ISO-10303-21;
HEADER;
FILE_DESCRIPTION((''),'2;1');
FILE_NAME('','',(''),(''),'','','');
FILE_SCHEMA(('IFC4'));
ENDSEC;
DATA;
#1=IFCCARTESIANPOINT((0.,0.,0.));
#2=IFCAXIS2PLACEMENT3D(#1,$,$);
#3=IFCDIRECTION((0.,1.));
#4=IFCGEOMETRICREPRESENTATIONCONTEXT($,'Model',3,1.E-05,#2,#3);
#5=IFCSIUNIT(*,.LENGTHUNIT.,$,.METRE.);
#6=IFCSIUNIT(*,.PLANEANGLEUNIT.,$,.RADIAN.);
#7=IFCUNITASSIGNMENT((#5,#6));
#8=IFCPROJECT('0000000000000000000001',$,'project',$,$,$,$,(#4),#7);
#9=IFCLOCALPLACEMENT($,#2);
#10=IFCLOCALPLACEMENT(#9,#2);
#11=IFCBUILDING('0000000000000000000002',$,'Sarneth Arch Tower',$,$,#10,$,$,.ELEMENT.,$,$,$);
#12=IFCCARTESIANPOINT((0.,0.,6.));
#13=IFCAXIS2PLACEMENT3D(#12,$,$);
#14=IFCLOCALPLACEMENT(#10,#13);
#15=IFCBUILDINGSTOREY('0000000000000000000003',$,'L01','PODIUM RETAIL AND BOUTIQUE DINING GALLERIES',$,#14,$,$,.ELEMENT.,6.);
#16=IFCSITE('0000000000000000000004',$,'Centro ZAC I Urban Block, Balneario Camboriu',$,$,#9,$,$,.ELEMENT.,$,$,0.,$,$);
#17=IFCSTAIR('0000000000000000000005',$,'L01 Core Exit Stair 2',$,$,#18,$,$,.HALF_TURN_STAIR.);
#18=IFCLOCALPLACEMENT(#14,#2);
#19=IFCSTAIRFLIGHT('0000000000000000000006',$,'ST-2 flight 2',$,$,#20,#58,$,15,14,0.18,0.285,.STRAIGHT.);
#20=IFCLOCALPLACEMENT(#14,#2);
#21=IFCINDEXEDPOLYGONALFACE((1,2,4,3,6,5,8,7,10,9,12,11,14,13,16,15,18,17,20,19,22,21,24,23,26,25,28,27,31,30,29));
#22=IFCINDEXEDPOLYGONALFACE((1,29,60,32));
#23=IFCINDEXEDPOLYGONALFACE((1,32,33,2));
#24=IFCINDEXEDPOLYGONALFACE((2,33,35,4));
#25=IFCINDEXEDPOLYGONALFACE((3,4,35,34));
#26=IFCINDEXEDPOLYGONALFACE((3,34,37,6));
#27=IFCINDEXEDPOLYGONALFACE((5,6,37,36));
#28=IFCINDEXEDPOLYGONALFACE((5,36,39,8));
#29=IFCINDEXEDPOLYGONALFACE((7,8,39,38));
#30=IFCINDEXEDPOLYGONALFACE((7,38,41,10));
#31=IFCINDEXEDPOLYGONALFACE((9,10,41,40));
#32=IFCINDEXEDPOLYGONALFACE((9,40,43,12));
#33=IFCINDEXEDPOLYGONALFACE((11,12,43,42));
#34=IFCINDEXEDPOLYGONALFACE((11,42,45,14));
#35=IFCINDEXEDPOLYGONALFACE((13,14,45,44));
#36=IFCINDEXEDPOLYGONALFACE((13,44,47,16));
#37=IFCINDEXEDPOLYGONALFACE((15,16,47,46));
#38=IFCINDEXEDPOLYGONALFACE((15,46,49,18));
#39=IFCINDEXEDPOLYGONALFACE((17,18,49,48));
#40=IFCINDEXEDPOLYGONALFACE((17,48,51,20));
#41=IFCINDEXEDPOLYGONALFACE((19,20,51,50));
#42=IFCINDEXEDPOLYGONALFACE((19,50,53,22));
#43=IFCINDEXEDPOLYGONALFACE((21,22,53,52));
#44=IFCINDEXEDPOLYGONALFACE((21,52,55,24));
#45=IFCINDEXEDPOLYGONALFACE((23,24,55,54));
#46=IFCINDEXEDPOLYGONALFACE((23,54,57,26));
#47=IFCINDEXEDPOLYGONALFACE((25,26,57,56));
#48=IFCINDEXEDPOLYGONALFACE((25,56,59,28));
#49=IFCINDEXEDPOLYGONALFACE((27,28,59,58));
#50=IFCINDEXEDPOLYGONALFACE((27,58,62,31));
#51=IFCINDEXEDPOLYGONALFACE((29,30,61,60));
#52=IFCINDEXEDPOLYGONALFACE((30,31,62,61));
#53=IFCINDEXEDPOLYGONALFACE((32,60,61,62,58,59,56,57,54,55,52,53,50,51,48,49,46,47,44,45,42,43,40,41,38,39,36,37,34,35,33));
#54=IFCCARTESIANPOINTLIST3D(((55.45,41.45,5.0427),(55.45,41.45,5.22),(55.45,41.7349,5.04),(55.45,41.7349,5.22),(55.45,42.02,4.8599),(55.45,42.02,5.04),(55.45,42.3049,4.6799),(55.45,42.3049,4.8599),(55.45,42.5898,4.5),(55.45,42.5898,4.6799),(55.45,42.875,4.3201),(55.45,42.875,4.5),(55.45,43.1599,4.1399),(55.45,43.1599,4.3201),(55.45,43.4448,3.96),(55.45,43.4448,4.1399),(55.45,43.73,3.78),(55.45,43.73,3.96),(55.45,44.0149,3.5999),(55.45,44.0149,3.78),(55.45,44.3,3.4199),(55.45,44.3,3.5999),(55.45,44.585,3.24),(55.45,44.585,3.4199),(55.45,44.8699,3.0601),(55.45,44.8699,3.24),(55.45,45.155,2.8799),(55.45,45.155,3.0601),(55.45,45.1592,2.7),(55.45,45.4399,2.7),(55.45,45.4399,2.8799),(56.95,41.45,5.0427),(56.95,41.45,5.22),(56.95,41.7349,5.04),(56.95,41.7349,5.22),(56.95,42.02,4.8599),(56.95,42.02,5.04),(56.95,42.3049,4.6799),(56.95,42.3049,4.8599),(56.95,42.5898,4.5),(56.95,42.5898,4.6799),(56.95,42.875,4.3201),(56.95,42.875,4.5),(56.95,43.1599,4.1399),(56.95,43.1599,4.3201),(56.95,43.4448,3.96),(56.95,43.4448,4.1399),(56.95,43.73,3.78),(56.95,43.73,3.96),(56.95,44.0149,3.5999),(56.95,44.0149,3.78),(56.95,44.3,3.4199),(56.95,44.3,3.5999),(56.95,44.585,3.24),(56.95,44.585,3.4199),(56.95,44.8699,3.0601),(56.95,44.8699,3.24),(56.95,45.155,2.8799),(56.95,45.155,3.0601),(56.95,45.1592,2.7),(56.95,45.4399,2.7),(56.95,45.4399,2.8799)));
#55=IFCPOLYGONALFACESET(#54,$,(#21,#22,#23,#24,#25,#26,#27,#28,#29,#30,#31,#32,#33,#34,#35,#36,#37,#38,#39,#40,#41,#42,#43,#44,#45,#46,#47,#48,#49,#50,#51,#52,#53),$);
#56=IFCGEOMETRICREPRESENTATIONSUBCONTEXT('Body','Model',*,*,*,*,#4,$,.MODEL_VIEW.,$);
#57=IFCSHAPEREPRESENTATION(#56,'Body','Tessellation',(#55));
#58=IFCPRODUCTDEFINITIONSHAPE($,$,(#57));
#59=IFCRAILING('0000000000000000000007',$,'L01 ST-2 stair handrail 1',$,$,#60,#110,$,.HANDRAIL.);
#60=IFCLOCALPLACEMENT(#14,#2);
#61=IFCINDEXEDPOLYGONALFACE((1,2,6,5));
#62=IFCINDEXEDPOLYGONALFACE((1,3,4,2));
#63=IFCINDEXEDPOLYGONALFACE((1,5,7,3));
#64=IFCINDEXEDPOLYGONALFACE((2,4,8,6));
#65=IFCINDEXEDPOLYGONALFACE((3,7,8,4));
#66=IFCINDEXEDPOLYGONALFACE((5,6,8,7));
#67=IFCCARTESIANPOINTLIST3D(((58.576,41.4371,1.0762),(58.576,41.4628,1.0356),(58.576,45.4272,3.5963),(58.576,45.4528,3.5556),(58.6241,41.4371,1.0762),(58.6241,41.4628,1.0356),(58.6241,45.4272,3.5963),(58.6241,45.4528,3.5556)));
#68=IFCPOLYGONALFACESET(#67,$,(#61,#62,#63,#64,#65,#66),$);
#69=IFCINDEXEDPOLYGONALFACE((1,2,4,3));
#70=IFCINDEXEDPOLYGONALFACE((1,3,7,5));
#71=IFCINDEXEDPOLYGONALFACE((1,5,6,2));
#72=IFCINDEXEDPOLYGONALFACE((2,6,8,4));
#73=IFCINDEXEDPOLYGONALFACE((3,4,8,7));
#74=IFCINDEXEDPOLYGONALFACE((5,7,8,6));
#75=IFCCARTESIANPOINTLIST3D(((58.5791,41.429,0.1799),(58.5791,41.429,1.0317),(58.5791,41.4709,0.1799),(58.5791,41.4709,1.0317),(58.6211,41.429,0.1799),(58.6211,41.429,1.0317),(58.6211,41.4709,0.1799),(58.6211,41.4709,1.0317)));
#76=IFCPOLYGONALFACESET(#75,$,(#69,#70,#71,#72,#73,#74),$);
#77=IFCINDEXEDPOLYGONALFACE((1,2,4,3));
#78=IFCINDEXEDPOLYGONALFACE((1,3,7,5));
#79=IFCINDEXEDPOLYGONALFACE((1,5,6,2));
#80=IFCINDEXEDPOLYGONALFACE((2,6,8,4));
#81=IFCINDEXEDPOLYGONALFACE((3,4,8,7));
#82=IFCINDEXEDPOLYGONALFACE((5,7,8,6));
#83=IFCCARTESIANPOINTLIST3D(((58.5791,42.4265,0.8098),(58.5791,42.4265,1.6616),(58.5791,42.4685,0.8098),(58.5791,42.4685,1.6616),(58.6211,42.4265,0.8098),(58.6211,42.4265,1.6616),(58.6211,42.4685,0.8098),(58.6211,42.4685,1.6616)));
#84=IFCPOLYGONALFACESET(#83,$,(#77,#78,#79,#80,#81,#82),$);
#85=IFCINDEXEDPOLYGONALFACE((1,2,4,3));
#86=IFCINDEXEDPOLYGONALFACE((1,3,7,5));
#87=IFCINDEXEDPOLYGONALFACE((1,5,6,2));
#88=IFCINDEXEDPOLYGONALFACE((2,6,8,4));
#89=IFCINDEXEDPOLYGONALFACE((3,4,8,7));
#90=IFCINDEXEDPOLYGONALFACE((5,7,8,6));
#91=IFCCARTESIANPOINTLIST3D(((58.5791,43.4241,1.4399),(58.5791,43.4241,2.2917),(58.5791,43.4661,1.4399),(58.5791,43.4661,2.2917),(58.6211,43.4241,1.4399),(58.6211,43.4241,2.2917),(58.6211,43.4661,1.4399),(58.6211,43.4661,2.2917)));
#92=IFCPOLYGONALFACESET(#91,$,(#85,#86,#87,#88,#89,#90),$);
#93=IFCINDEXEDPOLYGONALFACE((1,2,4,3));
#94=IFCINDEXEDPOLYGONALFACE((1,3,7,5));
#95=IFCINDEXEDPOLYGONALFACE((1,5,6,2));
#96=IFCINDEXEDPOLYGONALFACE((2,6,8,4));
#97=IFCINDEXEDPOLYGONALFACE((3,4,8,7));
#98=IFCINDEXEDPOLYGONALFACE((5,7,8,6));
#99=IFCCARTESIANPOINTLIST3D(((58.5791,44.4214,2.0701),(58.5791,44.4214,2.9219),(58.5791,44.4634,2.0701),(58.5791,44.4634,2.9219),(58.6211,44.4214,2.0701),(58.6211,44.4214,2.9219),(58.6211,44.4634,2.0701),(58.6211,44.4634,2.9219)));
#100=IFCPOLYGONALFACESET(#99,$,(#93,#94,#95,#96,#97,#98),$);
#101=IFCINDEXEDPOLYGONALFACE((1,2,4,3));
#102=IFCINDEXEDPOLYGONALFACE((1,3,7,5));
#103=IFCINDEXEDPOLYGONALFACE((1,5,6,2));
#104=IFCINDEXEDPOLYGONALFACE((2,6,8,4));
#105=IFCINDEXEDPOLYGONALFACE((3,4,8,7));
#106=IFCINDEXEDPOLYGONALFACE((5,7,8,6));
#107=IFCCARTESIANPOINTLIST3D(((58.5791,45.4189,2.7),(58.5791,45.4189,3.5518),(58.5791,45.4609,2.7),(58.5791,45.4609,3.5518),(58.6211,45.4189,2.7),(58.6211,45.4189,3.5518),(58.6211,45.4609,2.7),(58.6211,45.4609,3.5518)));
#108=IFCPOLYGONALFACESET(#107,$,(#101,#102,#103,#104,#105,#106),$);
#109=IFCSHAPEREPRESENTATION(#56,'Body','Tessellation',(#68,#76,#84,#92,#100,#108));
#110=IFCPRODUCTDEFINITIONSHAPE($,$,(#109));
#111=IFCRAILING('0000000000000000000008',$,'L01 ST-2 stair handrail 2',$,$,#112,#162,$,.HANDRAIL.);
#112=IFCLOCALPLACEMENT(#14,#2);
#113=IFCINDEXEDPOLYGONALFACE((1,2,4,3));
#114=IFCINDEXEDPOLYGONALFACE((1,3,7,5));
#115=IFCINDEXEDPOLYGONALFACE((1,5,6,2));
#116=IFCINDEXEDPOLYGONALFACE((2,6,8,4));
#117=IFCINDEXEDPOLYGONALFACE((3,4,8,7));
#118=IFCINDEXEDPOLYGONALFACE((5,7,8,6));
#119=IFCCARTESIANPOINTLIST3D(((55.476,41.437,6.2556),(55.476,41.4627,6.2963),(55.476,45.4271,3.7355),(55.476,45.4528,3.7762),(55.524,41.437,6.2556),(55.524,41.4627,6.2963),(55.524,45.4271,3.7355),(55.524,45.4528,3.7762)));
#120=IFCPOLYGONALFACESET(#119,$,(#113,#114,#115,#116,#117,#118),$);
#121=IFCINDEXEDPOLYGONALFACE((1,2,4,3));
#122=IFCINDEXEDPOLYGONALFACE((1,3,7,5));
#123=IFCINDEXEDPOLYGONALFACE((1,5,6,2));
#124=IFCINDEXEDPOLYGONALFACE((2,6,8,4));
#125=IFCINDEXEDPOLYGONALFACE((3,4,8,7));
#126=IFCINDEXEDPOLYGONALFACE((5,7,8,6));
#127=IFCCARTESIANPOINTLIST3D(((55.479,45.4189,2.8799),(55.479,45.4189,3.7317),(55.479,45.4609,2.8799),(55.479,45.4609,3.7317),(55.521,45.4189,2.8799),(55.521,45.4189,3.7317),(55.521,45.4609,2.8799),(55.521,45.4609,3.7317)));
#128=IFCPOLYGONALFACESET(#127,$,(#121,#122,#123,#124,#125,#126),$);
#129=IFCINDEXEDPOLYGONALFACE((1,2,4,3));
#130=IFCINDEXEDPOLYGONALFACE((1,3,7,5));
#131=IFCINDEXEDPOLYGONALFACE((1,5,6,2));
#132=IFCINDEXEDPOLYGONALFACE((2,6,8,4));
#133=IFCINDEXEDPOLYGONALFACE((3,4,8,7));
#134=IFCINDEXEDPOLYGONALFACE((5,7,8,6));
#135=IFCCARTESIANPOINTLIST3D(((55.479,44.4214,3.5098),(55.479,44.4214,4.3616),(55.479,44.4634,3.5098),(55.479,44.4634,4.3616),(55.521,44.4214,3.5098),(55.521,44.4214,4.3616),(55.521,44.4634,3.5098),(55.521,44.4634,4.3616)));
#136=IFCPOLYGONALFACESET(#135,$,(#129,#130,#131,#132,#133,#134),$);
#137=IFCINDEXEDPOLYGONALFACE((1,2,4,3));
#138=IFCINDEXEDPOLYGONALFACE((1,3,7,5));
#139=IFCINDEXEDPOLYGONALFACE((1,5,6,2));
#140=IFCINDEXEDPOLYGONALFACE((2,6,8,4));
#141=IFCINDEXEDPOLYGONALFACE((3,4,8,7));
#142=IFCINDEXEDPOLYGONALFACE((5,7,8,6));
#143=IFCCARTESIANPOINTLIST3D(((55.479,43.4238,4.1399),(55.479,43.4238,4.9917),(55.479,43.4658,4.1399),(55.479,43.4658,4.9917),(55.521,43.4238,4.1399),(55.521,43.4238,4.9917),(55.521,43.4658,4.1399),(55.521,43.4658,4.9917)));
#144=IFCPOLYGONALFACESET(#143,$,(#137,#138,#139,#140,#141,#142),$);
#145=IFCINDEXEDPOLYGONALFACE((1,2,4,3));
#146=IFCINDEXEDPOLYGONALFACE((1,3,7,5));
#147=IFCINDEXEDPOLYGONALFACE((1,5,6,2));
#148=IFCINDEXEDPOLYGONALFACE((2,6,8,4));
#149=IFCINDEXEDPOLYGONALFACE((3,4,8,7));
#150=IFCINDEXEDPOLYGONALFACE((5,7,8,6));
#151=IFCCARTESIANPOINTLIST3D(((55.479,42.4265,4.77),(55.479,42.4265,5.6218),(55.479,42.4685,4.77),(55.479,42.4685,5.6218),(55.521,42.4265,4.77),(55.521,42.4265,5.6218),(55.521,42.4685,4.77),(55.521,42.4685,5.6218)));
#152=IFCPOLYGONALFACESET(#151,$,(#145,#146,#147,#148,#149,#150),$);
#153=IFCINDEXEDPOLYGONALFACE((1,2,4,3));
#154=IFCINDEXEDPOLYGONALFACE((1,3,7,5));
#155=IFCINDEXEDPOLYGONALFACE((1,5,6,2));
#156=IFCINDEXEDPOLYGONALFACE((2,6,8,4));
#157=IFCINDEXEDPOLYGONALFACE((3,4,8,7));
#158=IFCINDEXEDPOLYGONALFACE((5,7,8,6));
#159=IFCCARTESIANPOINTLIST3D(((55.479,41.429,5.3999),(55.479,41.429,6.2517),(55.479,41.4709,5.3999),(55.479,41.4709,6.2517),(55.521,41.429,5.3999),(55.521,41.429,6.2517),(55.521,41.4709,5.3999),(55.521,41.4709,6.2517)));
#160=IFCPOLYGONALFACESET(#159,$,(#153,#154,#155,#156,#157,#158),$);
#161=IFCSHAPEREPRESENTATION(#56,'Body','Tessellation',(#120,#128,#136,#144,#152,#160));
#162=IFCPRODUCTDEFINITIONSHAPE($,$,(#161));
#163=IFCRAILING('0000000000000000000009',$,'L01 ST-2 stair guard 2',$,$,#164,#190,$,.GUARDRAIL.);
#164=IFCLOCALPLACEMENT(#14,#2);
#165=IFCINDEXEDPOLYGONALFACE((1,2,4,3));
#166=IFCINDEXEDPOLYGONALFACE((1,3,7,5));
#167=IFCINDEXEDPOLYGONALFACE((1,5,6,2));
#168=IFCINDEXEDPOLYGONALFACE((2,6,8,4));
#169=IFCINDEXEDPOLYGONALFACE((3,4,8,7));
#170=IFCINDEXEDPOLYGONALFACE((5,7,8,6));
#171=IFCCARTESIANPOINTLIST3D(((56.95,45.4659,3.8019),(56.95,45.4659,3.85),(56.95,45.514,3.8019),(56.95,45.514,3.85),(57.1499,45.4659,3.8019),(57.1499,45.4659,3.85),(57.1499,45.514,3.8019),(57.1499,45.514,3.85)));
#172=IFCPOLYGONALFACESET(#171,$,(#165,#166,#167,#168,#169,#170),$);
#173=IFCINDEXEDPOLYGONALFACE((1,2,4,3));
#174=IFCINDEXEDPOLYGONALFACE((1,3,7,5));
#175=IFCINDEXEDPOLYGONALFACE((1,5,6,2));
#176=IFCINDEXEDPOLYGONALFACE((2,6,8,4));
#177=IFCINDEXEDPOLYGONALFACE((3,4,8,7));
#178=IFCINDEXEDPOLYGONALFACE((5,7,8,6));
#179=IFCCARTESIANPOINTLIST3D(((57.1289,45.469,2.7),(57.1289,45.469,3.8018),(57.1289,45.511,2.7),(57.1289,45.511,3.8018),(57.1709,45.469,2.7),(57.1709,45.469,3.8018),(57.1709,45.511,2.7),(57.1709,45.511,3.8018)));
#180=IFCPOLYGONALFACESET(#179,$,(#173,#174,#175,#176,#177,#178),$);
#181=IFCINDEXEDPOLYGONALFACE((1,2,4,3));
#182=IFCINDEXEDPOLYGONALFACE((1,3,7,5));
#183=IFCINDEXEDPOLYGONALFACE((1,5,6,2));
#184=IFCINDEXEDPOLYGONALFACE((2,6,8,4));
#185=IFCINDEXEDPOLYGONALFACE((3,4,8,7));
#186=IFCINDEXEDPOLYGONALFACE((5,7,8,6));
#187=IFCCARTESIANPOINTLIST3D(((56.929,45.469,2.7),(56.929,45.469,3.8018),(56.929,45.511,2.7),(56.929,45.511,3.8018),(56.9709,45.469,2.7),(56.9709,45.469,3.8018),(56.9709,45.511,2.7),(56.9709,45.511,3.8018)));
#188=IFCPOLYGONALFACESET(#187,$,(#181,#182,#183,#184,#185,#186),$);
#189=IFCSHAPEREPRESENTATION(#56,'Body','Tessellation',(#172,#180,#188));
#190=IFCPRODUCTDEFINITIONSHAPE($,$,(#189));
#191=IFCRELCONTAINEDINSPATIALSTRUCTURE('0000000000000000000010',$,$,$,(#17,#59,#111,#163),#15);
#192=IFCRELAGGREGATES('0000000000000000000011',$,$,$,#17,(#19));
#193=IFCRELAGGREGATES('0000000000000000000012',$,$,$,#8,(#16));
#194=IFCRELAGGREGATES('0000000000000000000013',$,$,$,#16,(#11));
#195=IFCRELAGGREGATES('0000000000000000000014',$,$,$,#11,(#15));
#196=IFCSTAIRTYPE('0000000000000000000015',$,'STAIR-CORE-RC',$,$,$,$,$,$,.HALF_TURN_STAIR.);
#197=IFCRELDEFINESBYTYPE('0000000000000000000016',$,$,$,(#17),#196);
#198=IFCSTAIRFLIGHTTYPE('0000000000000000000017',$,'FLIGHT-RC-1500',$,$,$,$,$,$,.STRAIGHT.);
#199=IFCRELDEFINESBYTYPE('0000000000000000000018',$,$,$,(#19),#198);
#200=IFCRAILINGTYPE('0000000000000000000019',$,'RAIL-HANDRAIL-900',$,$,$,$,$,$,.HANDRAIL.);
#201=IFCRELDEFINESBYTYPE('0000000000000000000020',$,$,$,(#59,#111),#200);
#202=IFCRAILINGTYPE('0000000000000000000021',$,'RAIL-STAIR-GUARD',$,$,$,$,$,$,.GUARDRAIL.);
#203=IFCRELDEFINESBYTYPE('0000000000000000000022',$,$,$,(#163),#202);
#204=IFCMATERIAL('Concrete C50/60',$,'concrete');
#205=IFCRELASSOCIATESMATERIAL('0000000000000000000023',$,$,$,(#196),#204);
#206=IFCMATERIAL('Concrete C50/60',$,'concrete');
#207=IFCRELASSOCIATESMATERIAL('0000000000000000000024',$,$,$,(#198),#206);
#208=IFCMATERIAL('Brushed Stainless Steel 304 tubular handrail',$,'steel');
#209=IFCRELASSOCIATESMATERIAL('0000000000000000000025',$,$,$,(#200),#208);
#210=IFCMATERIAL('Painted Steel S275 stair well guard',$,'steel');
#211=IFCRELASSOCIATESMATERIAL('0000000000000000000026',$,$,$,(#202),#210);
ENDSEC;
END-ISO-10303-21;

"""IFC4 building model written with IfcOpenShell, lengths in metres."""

from ifc_helpers import new_model, si_unit, direction, frame, origin, origin_2d, place, context, subcontext, project, spatial, polyline, rectangle, outline, extrude, material, type_object, element, aggregate, save


model = new_model("IFC4")

# Units and contexts
model_context = context("Model", 3, precision=1e-05, world=origin(), true_north=direction((0.0, 1.0)))
body_context = subcontext(model_context, "Body", "Model", "MODEL_VIEW")
ifc_project = project(units=[si_unit("LENGTHUNIT", "METRE"), si_unit("PLANEANGLEUNIT", "RADIAN")], contexts=[model_context])

# Site, building, storey
site_placement = place(None, origin())
site = spatial("IfcSite", under=ifc_project, at=site_placement, Name="Centro ZAC I Urban Block, Balneario Camboriu", CompositionType="ELEMENT", RefElevation=0.0)
building_placement = place(site_placement, origin())
building = spatial("IfcBuilding", under=site, at=building_placement, Name="Sarneth Arch Tower", CompositionType="ELEMENT")
storey_placement = place(building_placement, frame((0.0, 0.0, 6.0)))
storey = spatial("IfcBuildingStorey", under=building, at=storey_placement, Name="L01", Description="PODIUM RETAIL AND BOUTIQUE DINING GALLERIES", CompositionType="ELEMENT", Elevation=6.0)

# Stair, stair flight
ifc_material_1 = material(Name="Concrete C50/60", Category="concrete")
stair_type = type_object("IfcStairType", Name="STAIR-CORE-RC", PredefinedType="HALF_TURN_STAIR", material=ifc_material_1)
stair_placement = place(storey_placement, origin())
stair = element("IfcStair", 1, at=stair_placement, inside=storey, type_object=stair_type, Name="L01 Core Exit Stair 2", PredefinedType="HALF_TURN_STAIR")
ifc_material_2 = material(Name="Concrete C50/60", Category="concrete")
stair_flight_type = type_object("IfcStairFlightType", Name="FLIGHT-RC-1500", PredefinedType="STRAIGHT", material=ifc_material_2)
stair_flight_placement = place(storey_placement, frame((56.2, 45.4399, 2.7), z_axis=(0.0, 0.0, 1.0), x_axis=(0.0, -1.0, 0.0)))
stair_flight = element("IfcStairFlight", 2, at=stair_flight_placement, type_object=stair_flight_type, Name="ST-2 flight 2", NumberOfRisers=15, NumberOfTreads=14, PredefinedType="STRAIGHT", RiserHeight=0.18, TreadLength=0.285, context=body_context, shape_type="SweptSolid", body=[
    extrude(outline(polyline([(0.0, 0.0), (0.0, 0.1799), (0.2849, 0.1799), (0.2849, 0.3601), (0.5701, 0.3601), (0.5701, 0.54), (0.855, 0.54), (0.855, 0.72), (1.1399, 0.72), (1.1399, 0.8999), (1.425, 0.8999), (1.425, 1.0801), (1.71, 1.0801), (1.71, 1.26), (1.9951, 1.26), (1.9951, 1.4399), (2.28, 1.4399), (2.28, 1.6201), (2.5649, 1.6201), (2.5649, 1.8), (2.8501, 1.8), (2.8501, 1.98), (3.135, 1.98), (3.135, 2.1599), (3.4199, 2.1599), (3.4199, 2.3401), (3.7051, 2.3401), (3.7051, 2.52), (3.99, 2.52), (3.99, 2.7), (3.99, 2.3428), (0.2808, 0.0), (0.0, 0.0)])), frame((0.0, 0.75, 0.0), z_axis=(0.0, -1.0, 0.0), x_axis=(1.0, 0.0, 0.0)), (0.0, 0.0, 1.0), 1.5),
])
aggregate(stair, [stair_flight])

# Railings
ifc_material_3 = material(Name="Brushed Stainless Steel 304 tubular handrail", Category="steel")
railing_type_1 = type_object("IfcRailingType", Name="RAIL-HANDRAIL-900", PredefinedType="HANDRAIL", material=ifc_material_3)
railing_1_placement = place(storey_placement, frame((58.6001, 41.45, 0.1799)))
element("IfcRailing", 3, at=railing_1_placement, inside=storey, type_object=railing_type_1, Name="L01 ST-2 stair handrail 1", PredefinedType="HANDRAIL", context=body_context, shape_type="SweptSolid", body=[
    extrude(rectangle(XDim=0.0481, YDim=0.0481, at=origin_2d()), frame((0.0, 0.0, 0.876), z_axis=(0.0, 0.845486, 0.533997), x_axis=(-1.0, 0.0, 0.0)), (0.0, 0.0, 1.0), 4.7192),
    extrude(rectangle(XDim=0.042, YDim=0.042, at=origin_2d()), origin(), (0.0, 0.0, 1.0), 0.8518),
    extrude(rectangle(XDim=0.042, YDim=0.042, at=origin_2d()), frame((0.0, 0.9976, 0.6299)), (0.0, 0.0, 1.0), 0.8518),
    extrude(rectangle(XDim=0.042, YDim=0.042, at=origin_2d()), frame((0.0, 1.9951, 1.26)), (0.0, 0.0, 1.0), 0.8518),
    extrude(rectangle(XDim=0.042, YDim=0.042, at=origin_2d()), frame((0.0, 2.9924, 1.8901)), (0.0, 0.0, 1.0), 0.8518),
    extrude(rectangle(XDim=0.042, YDim=0.042, at=origin_2d()), frame((0.0, 3.99, 2.52)), (0.0, 0.0, 1.0), 0.8518),
])
railing_2_placement = place(storey_placement, frame((55.5, 45.4399, 2.8799)))
element("IfcRailing", 4, at=railing_2_placement, inside=storey, type_object=railing_type_1, Name="L01 ST-2 stair handrail 2", PredefinedType="HANDRAIL", context=body_context, shape_type="SweptSolid", body=[
    extrude(rectangle(XDim=0.0481, YDim=0.0481, at=origin_2d()), frame((0.0, 0.0, 0.876), z_axis=(0.0, -0.845486, 0.533997), x_axis=(1.0, 0.0, 0.0)), (0.0, 0.0, 1.0), 4.7192),
    extrude(rectangle(XDim=0.042, YDim=0.042, at=origin_2d()), origin(), (0.0, 0.0, 1.0), 0.8518),
    extrude(rectangle(XDim=0.042, YDim=0.042, at=origin_2d()), frame((0.0, -0.9976, 0.6299)), (0.0, 0.0, 1.0), 0.8518),
    extrude(rectangle(XDim=0.042, YDim=0.042, at=origin_2d()), frame((0.0, -1.9951, 1.26)), (0.0, 0.0, 1.0), 0.8518),
    extrude(rectangle(XDim=0.042, YDim=0.042, at=origin_2d()), frame((0.0, -2.9924, 1.8901)), (0.0, 0.0, 1.0), 0.8518),
    extrude(rectangle(XDim=0.042, YDim=0.042, at=origin_2d()), frame((0.0, -3.99, 2.52)), (0.0, 0.0, 1.0), 0.8518),
])
ifc_material_4 = material(Name="Painted Steel S275 stair well guard", Category="steel")
railing_type_2 = type_object("IfcRailingType", Name="RAIL-STAIR-GUARD", PredefinedType="GUARDRAIL", material=ifc_material_4)
railing_3_placement = place(storey_placement, frame((57.1499, 45.49, 2.7)))
element("IfcRailing", 5, at=railing_3_placement, inside=storey, type_object=railing_type_2, Name="L01 ST-2 stair guard 2", PredefinedType="GUARDRAIL", context=body_context, shape_type="SweptSolid", body=[
    extrude(rectangle(XDim=0.0481, YDim=0.0481, at=origin_2d()), frame((0.0, 0.0, 1.126), z_axis=(-1.0, 0.0, 0.0), x_axis=(0.0, -1.0, 0.0)), (0.0, 0.0, 1.0), 0.2),
    extrude(rectangle(XDim=0.042, YDim=0.042, at=origin_2d()), origin(), (0.0, 0.0, 1.0), 1.1018),
    extrude(rectangle(XDim=0.042, YDim=0.042, at=origin_2d()), frame((-0.2, 0.0, 0.0)), (0.0, 0.0, 1.0), 1.1018),
])

save(model, "model.ifc")
